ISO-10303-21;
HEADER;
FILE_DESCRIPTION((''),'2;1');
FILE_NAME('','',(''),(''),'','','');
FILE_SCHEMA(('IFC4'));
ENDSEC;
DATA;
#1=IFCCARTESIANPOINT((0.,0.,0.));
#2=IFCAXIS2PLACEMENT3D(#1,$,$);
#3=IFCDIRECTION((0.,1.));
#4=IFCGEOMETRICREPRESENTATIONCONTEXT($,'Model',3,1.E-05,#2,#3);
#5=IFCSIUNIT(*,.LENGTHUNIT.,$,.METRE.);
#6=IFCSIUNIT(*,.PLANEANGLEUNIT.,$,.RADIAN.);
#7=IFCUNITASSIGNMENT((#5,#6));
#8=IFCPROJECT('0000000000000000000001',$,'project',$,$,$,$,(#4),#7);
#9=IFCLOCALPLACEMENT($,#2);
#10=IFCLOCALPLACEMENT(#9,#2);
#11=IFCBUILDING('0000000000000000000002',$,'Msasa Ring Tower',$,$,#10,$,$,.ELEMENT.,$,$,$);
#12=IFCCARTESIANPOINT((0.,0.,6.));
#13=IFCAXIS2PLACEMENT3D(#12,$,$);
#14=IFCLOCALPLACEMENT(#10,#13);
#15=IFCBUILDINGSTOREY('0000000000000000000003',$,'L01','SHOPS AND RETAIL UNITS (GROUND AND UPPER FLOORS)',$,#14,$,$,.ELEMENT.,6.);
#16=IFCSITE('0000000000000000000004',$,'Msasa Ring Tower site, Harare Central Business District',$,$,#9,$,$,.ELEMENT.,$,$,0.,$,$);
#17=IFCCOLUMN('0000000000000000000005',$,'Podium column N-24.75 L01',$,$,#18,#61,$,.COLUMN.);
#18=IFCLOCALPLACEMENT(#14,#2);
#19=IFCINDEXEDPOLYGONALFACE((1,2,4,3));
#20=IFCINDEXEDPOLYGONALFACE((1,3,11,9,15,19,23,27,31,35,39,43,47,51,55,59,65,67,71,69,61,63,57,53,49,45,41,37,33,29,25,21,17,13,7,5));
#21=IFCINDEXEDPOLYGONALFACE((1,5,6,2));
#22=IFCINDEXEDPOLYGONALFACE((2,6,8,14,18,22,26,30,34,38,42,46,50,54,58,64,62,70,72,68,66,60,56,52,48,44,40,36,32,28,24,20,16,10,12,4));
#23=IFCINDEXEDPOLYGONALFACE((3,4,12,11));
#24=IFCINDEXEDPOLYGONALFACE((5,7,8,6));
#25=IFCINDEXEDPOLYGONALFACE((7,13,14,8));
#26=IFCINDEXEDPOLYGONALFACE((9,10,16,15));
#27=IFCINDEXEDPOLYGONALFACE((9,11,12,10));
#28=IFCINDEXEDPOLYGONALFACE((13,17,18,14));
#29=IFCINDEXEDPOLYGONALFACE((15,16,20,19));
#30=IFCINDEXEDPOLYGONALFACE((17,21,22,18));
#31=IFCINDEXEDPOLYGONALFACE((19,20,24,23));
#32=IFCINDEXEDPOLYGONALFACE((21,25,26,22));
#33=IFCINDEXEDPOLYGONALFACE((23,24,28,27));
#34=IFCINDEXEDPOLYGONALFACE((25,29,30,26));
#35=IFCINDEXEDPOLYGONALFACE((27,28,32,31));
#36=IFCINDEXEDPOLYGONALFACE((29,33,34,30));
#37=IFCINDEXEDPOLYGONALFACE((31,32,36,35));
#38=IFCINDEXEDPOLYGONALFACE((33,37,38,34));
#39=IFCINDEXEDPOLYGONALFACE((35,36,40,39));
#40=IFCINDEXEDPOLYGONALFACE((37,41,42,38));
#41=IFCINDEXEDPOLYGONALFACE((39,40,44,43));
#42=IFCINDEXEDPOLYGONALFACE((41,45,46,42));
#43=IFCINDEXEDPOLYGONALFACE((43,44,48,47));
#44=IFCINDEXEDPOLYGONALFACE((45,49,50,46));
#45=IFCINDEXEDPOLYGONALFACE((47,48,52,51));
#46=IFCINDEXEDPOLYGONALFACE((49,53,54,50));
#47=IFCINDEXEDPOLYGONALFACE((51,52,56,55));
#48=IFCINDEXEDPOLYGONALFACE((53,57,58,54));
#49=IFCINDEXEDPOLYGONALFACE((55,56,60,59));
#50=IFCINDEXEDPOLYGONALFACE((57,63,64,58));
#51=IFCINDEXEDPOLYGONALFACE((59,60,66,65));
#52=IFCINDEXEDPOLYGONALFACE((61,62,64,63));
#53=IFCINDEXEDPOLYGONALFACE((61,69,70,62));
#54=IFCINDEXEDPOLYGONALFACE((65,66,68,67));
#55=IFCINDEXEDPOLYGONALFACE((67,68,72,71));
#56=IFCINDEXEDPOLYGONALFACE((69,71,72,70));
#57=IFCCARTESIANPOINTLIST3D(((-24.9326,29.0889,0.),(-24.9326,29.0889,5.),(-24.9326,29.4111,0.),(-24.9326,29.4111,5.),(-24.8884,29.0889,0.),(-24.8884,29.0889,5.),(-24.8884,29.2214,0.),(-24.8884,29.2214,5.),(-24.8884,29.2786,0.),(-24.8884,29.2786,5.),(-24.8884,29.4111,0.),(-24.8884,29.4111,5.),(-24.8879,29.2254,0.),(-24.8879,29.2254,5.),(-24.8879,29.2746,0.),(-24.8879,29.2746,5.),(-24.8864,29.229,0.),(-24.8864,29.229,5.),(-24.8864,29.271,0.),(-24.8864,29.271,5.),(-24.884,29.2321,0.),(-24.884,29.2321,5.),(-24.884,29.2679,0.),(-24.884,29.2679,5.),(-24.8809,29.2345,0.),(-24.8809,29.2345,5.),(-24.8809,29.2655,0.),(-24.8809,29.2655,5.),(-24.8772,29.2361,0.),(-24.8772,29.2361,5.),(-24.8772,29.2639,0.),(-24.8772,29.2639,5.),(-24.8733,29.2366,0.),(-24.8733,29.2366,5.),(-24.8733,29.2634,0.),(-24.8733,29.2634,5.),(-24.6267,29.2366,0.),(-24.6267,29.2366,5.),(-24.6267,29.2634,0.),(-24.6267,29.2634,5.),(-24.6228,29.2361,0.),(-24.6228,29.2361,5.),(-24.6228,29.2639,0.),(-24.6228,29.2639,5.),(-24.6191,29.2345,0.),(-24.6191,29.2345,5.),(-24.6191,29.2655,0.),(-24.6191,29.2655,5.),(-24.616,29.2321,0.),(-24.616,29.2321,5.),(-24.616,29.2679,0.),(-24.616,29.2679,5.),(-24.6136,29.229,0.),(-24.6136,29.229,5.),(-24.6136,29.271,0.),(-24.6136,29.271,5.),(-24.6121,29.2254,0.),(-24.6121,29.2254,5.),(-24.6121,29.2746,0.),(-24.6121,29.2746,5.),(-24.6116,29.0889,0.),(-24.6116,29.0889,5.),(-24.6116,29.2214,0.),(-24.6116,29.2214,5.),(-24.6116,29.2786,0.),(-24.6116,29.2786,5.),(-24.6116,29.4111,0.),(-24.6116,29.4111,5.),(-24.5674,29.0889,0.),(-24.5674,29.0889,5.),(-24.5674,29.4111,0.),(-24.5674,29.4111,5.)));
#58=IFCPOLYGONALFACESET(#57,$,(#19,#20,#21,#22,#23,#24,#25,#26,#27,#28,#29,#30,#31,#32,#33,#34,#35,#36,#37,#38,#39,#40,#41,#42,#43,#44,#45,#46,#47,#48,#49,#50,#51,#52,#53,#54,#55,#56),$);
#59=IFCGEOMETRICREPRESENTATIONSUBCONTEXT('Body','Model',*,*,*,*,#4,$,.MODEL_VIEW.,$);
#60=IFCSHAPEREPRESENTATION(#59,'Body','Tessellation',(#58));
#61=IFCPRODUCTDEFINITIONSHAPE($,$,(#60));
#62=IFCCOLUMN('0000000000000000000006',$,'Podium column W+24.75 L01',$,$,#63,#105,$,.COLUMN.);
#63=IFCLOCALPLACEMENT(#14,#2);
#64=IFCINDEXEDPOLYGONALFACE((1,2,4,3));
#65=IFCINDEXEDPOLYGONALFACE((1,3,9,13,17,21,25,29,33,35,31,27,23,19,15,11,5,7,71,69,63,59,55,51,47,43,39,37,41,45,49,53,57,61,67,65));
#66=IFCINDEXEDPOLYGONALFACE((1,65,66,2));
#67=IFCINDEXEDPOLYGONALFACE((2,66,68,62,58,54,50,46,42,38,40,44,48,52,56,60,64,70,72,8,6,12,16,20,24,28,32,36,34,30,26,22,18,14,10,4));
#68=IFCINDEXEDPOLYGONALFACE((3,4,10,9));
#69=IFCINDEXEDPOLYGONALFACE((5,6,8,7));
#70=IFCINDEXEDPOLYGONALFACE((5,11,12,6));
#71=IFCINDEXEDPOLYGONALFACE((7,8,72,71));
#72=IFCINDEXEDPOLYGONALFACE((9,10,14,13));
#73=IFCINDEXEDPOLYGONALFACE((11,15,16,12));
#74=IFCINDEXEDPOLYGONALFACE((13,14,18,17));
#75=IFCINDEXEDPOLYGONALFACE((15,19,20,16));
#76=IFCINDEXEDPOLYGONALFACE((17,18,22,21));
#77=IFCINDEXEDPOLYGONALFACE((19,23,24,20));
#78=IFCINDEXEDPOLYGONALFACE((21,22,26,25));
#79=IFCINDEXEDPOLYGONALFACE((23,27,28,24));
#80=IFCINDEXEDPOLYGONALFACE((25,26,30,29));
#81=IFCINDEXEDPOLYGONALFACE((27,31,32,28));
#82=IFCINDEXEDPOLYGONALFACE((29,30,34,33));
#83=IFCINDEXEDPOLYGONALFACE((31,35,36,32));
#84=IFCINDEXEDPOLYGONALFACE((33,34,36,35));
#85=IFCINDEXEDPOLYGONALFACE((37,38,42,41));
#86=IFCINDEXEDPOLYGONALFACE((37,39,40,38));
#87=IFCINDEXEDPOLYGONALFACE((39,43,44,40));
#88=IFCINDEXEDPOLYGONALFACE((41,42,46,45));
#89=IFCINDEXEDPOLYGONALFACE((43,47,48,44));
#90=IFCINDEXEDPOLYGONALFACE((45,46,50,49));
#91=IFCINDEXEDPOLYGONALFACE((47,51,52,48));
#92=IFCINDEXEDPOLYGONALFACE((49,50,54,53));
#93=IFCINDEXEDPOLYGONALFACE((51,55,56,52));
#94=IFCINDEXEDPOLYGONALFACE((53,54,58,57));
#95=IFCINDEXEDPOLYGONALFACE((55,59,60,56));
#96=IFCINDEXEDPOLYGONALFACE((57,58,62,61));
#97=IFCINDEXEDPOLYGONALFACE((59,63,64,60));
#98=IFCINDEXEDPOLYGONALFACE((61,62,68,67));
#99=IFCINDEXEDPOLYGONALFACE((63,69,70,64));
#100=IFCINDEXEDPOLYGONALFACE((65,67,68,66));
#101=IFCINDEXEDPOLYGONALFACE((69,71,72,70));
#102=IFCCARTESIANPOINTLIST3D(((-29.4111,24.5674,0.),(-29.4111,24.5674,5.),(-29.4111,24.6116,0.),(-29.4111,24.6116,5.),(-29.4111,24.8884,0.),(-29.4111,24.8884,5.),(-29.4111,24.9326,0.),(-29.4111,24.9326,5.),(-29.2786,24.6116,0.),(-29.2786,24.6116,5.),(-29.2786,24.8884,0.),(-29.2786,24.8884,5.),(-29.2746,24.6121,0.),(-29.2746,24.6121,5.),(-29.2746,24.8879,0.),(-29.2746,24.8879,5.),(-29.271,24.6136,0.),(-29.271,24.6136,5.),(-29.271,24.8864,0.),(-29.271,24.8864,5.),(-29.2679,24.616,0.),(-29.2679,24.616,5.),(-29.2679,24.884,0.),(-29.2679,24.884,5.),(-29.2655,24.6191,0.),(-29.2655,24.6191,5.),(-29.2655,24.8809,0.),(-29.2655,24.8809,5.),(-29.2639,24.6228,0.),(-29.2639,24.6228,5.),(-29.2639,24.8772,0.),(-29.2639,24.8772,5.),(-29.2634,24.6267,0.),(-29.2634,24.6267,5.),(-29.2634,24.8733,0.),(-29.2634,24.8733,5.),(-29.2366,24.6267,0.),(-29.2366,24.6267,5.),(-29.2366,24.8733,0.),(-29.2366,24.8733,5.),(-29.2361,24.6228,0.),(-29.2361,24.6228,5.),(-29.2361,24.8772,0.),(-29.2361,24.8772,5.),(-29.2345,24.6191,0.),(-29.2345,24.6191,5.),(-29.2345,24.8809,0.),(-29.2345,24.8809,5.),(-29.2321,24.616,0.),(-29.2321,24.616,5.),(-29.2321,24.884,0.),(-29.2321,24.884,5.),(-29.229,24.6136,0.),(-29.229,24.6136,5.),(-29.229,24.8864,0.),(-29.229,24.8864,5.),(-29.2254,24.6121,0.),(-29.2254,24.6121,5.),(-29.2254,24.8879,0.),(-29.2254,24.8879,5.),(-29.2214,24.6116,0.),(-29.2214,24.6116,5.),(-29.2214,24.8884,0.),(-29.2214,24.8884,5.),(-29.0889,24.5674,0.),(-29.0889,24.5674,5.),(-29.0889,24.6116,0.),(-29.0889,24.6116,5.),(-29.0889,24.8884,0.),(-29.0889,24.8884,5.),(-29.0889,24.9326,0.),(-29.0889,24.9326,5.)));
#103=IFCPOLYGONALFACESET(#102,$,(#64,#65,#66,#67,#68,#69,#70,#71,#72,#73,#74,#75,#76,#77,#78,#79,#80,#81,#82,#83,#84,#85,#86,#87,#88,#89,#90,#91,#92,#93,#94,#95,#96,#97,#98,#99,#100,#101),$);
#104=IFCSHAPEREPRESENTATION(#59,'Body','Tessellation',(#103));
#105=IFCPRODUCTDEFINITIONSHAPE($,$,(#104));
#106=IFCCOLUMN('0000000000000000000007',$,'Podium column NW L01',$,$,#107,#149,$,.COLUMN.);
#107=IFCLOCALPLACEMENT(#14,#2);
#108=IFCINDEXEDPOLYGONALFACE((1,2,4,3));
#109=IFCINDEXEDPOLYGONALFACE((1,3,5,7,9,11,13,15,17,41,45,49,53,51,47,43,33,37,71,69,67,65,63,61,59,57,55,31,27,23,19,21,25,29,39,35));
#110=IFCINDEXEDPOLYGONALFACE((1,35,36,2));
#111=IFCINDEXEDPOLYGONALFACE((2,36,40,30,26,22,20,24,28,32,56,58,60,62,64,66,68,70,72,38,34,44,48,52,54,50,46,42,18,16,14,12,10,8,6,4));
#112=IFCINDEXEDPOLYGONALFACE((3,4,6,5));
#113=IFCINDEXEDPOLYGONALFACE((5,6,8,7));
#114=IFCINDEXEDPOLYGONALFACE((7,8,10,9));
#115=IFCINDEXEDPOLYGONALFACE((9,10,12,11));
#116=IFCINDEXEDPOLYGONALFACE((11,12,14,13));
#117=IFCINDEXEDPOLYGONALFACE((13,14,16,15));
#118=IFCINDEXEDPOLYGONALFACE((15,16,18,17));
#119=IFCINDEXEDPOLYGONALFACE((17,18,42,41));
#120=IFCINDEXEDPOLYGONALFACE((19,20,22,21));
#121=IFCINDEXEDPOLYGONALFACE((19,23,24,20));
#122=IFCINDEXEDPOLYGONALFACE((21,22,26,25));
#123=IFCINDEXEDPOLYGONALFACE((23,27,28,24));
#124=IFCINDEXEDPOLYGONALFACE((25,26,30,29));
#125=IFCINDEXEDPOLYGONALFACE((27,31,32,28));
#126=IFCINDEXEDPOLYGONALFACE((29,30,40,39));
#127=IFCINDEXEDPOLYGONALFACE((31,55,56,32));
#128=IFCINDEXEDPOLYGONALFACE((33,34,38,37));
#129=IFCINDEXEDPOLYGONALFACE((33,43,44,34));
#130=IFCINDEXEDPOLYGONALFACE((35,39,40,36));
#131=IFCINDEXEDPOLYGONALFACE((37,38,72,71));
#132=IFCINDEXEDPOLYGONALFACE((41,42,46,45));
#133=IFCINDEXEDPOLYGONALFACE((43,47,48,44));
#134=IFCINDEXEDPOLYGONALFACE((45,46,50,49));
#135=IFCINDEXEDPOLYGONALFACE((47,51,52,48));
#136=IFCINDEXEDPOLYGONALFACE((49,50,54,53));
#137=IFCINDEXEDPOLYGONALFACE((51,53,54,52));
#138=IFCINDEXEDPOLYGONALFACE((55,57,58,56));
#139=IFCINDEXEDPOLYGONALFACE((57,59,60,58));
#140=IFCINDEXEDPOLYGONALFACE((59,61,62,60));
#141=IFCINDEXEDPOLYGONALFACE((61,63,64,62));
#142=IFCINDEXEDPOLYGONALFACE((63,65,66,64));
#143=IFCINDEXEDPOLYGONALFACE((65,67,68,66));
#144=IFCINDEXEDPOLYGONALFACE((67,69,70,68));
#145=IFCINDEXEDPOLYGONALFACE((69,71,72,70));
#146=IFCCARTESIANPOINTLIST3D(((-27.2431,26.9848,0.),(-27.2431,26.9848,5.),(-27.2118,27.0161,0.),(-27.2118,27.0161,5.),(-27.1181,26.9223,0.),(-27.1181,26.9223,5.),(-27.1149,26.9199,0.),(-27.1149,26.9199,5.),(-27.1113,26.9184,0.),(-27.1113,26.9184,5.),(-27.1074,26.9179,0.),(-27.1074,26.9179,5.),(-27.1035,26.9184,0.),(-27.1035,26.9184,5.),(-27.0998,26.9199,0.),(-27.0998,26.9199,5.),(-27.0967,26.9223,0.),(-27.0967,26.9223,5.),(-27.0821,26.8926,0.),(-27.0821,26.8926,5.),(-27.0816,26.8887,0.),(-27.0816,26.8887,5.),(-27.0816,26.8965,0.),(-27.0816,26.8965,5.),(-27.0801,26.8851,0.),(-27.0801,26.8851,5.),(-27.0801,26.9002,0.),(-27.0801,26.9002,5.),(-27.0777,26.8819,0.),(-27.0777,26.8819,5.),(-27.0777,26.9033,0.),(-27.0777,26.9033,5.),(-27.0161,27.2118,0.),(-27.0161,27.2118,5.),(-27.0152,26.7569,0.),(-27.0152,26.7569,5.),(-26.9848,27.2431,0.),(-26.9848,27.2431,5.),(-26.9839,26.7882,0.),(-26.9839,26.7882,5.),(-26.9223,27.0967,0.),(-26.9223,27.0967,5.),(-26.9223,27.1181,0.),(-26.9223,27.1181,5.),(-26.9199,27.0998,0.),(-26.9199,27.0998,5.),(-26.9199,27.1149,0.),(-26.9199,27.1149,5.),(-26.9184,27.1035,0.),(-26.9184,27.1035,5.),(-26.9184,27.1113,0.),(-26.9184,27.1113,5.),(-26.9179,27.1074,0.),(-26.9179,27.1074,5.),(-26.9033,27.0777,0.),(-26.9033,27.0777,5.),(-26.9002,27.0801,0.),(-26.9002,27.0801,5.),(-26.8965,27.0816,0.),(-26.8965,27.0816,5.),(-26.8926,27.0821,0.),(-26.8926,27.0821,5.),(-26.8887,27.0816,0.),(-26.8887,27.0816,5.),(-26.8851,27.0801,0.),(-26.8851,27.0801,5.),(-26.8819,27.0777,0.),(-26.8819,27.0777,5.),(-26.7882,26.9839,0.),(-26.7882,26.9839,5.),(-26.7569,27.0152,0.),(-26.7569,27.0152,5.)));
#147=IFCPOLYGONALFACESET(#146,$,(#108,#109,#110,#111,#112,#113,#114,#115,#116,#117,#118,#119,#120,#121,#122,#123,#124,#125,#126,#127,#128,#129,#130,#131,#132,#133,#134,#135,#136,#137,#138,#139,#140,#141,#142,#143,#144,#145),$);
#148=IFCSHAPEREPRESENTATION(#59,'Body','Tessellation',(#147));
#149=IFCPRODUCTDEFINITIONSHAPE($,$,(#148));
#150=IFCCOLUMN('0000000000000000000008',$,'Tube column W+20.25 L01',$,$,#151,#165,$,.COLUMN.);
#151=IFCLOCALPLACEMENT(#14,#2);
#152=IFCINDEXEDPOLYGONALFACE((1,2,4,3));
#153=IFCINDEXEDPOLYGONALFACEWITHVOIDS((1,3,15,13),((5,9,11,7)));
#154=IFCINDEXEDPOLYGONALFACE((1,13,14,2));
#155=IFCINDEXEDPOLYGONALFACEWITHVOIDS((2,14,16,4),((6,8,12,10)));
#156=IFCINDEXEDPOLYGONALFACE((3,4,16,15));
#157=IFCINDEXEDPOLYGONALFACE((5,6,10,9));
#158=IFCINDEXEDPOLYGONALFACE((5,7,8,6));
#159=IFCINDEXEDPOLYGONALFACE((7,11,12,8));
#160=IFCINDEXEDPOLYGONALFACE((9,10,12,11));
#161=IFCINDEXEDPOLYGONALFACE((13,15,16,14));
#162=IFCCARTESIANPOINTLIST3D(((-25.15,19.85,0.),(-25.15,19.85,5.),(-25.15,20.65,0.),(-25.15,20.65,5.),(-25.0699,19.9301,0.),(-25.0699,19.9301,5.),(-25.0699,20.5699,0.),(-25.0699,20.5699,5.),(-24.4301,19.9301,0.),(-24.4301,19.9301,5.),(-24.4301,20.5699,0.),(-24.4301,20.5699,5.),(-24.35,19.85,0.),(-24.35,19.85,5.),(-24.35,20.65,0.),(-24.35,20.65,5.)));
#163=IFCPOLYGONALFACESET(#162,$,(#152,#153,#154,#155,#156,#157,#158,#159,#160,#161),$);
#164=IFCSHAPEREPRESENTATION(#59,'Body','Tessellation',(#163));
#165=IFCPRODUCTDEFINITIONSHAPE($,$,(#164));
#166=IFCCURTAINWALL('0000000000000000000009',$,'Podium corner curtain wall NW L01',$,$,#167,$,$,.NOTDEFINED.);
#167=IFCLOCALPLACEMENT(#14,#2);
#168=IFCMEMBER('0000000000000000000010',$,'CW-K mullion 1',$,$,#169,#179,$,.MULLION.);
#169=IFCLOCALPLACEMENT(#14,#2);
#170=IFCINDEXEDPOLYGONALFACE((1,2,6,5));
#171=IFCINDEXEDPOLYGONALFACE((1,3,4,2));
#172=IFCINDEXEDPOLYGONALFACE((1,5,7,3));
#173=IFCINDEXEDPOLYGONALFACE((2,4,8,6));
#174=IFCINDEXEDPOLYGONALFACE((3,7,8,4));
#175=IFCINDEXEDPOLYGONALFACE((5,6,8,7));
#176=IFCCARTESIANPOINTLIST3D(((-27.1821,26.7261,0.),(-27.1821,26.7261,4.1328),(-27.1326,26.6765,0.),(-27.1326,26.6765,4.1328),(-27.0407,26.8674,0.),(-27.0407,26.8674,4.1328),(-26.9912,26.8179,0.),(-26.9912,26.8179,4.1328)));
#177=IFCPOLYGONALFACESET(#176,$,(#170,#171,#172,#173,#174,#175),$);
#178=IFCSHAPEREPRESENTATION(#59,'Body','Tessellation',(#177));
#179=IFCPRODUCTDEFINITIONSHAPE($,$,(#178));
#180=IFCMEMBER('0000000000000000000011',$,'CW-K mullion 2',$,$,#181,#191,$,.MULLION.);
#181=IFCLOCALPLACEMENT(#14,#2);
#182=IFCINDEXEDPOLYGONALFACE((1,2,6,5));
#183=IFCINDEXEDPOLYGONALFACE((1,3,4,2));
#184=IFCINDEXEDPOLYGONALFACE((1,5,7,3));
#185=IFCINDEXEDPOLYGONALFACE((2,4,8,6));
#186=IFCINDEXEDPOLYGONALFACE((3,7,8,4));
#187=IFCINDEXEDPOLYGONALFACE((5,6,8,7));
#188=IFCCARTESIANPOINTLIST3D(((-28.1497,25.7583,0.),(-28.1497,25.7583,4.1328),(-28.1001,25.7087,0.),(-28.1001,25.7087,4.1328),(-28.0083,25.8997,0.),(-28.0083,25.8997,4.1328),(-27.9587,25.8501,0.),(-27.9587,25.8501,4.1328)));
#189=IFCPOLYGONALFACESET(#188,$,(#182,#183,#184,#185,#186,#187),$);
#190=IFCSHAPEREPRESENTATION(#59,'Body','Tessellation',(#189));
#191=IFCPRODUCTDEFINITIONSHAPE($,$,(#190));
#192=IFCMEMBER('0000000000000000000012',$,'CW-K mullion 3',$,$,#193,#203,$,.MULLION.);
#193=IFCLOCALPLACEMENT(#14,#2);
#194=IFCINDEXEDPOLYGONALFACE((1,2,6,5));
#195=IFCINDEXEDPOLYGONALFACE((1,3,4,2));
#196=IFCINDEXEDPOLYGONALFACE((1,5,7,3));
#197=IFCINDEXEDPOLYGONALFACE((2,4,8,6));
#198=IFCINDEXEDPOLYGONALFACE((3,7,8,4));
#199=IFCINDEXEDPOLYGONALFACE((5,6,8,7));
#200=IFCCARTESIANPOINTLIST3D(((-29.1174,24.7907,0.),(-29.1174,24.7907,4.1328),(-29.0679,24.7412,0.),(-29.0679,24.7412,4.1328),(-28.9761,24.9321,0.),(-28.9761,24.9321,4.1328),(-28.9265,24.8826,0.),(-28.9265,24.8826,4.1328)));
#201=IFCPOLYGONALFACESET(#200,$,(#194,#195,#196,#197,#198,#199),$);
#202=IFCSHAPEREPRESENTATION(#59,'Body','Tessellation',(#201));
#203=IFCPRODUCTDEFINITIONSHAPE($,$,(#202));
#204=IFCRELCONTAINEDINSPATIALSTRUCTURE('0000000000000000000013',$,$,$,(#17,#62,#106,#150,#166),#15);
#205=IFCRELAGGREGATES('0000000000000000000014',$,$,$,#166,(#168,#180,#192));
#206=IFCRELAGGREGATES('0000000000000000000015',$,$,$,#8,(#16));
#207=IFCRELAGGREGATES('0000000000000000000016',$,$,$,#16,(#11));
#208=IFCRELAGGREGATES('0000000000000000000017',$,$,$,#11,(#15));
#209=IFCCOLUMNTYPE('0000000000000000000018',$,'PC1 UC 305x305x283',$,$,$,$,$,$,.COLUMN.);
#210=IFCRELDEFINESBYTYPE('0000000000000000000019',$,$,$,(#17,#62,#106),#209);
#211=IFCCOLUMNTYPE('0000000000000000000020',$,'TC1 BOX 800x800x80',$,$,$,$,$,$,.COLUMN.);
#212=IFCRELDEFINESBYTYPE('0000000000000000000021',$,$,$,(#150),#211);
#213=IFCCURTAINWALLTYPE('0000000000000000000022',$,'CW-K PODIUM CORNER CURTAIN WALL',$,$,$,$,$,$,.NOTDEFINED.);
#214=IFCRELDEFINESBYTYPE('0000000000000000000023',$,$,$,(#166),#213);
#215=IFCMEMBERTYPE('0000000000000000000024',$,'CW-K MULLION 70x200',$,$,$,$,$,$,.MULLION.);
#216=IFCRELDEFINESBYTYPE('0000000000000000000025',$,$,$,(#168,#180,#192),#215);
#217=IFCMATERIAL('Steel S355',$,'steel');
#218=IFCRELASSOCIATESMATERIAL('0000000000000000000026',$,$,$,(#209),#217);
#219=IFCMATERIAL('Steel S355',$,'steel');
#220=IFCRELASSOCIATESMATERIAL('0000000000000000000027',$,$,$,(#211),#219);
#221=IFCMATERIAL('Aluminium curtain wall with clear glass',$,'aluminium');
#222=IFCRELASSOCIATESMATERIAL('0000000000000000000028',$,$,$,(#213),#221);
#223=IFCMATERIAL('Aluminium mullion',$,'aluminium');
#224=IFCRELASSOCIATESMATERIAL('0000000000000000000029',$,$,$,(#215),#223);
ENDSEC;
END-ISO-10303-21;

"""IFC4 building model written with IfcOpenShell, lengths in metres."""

from ifc_helpers import new_model, si_unit, direction, frame, origin, origin_2d, place, context, subcontext, project, spatial, rectangle, hollow_rectangle, i_section, extrude, material, material_profile, profile_set, type_object, element, aggregate, save


model = new_model("IFC4")

# Units and contexts
model_context = context("Model", 3, precision=1e-05, world=origin(), true_north=direction((0.0, 1.0)))
body_context = subcontext(model_context, "Body", "Model", "MODEL_VIEW")
ifc_project = project(units=[si_unit("LENGTHUNIT", "METRE"), si_unit("PLANEANGLEUNIT", "RADIAN")], contexts=[model_context])

# Site, building, storey
site_placement = place(None, origin())
site = spatial("IfcSite", under=ifc_project, at=site_placement, Name="Msasa Ring Tower site, Harare Central Business District", CompositionType="ELEMENT", RefElevation=0.0)
building_placement = place(site_placement, origin())
building = spatial("IfcBuilding", under=site, at=building_placement, Name="Msasa Ring Tower", CompositionType="ELEMENT")
storey_placement = place(building_placement, frame((0.0, 0.0, 6.0)))
storey = spatial("IfcBuildingStorey", under=building, at=storey_placement, Name="L01", Description="SHOPS AND RETAIL UNITS (GROUND AND UPPER FLOORS)", CompositionType="ELEMENT", Elevation=6.0)

# Columns
ifc_material_1 = material(Name="Steel S355", Category="steel")
ifc_material_profile_1 = material_profile(ifc_material_1, i_section(OverallWidth=0.3223, OverallDepth=0.3652, WebThickness=0.0269, FlangeThickness=0.0442, FilletRadius=0.0151, at=origin_2d()), Name="UC 305x305x283")
ifc_profile_set_1 = profile_set([ifc_material_profile_1], Name="Steel S355")
column_type_1 = type_object("IfcColumnType", Name="PC1 UC 305x305x283", PredefinedType="COLUMN", material=ifc_profile_set_1)
for number, where, z_axis, x_axis, name in (
    (1, (-24.75, 29.25, 0.0), (0.0, 0.0, 1.0), (0.0, 1.0, 0.0), "Podium column N-24.75 L01"),
    (2, (-29.25, 24.75, 0.0), (0.0, 0.0, 1.0), (1.0, 0.0, 0.0), "Podium column W+24.75 L01"),
    (3, (-27.0, 27.0, 0.0), (0.0, 0.0, 1.0), (0.707107, -0.707107, 0.0), "Podium column NW L01"),
):
    element("IfcColumn", number, at=place(storey_placement, frame(where, z_axis=z_axis, x_axis=x_axis)), inside=storey, type_object=column_type_1, Name=name, PredefinedType="COLUMN", context=body_context, shape_type="SweptSolid", body=[
        extrude(i_section(OverallWidth=0.3223, OverallDepth=0.3652, WebThickness=0.0269, FlangeThickness=0.0442, FilletRadius=0.0151, at=origin_2d()), origin(), (0.0, 0.0, 1.0), 5.0),
    ])
ifc_material_2 = material(Name="Steel S355", Category="steel")
ifc_material_profile_2 = material_profile(ifc_material_2, hollow_rectangle(XDim=0.8, YDim=0.8, WallThickness=0.0801, at=origin_2d()), Name="BOX 800x800x80")
ifc_profile_set_2 = profile_set([ifc_material_profile_2], Name="Steel S355")
column_type_2 = type_object("IfcColumnType", Name="TC1 BOX 800x800x80", PredefinedType="COLUMN", material=ifc_profile_set_2)
column_placement = place(storey_placement, frame((-24.75, 20.25, 0.0), z_axis=(0.0, 0.0, 1.0), x_axis=(1.0, 0.0, 0.0)))
element("IfcColumn", 4, at=column_placement, inside=storey, type_object=column_type_2, Name="Tube column W+20.25 L01", PredefinedType="COLUMN", context=body_context, shape_type="SweptSolid", body=[
    extrude(hollow_rectangle(XDim=0.8, YDim=0.8, WallThickness=0.0801, at=origin_2d()), origin(), (0.0, 0.0, 1.0), 5.0),
])

# Curtain wall, members
ifc_material_3 = material(Name="Aluminium curtain wall with clear glass", Category="aluminium")
curtain_wall_type = type_object("IfcCurtainWallType", Name="CW-K PODIUM CORNER CURTAIN WALL", PredefinedType="NOTDEFINED", material=ifc_material_3)
curtain_wall_1_placement = place(storey_placement, origin())
curtain_wall_1 = element("IfcCurtainWall", 5, at=curtain_wall_1_placement, inside=storey, type_object=curtain_wall_type, Name="Podium corner curtain wall NW L01", PredefinedType="NOTDEFINED")
ifc_material_4 = material(Name="Aluminium mullion", Category="aluminium")
ifc_material_profile_3 = material_profile(ifc_material_4, rectangle(XDim=0.0701, YDim=0.2, at=origin_2d()), Name="AL 70x200")
ifc_profile_set_3 = profile_set([ifc_material_profile_3], Name="Aluminium mullion")
member_type_1 = type_object("IfcMemberType", Name="CW-K MULLION 70x200", PredefinedType="MULLION", material=ifc_profile_set_3)
member_1_placement = place(storey_placement, frame((-27.0867, 26.772, 0.0), z_axis=(0.0, 0.0, 1.0), x_axis=(0.707107, -0.707107, 0.0)))
member_1 = element("IfcMember", 6, at=member_1_placement, type_object=member_type_1, Name="CW-K mullion 1", PredefinedType="MULLION", context=body_context, shape_type="SweptSolid", body=[
    extrude(rectangle(XDim=0.0701, YDim=0.2, at=origin_2d()), origin(), (0.0, 0.0, 1.0), 4.1328),
])
member_2_placement = place(storey_placement, frame((-28.0542, 25.8042, 0.0), z_axis=(0.0, 0.0, 1.0), x_axis=(0.707107, -0.707107, 0.0)))
member_2 = element("IfcMember", 7, at=member_2_placement, type_object=member_type_1, Name="CW-K mullion 2", PredefinedType="MULLION", context=body_context, shape_type="SweptSolid", body=[
    extrude(rectangle(XDim=0.0701, YDim=0.2, at=origin_2d()), origin(), (0.0, 0.0, 1.0), 4.1328),
])
member_3_placement = place(storey_placement, frame((-29.022, 24.8367, 0.0), z_axis=(0.0, 0.0, 1.0), x_axis=(0.707107, -0.707107, 0.0)))
member_3 = element("IfcMember", 8, at=member_3_placement, type_object=member_type_1, Name="CW-K mullion 3", PredefinedType="MULLION", context=body_context, shape_type="SweptSolid", body=[
    extrude(rectangle(XDim=0.0701, YDim=0.2, at=origin_2d()), origin(), (0.0, 0.0, 1.0), 4.1328),
])

aggregate(curtain_wall_1, [member_1, member_2, member_3])

save(model, "model.ifc")
